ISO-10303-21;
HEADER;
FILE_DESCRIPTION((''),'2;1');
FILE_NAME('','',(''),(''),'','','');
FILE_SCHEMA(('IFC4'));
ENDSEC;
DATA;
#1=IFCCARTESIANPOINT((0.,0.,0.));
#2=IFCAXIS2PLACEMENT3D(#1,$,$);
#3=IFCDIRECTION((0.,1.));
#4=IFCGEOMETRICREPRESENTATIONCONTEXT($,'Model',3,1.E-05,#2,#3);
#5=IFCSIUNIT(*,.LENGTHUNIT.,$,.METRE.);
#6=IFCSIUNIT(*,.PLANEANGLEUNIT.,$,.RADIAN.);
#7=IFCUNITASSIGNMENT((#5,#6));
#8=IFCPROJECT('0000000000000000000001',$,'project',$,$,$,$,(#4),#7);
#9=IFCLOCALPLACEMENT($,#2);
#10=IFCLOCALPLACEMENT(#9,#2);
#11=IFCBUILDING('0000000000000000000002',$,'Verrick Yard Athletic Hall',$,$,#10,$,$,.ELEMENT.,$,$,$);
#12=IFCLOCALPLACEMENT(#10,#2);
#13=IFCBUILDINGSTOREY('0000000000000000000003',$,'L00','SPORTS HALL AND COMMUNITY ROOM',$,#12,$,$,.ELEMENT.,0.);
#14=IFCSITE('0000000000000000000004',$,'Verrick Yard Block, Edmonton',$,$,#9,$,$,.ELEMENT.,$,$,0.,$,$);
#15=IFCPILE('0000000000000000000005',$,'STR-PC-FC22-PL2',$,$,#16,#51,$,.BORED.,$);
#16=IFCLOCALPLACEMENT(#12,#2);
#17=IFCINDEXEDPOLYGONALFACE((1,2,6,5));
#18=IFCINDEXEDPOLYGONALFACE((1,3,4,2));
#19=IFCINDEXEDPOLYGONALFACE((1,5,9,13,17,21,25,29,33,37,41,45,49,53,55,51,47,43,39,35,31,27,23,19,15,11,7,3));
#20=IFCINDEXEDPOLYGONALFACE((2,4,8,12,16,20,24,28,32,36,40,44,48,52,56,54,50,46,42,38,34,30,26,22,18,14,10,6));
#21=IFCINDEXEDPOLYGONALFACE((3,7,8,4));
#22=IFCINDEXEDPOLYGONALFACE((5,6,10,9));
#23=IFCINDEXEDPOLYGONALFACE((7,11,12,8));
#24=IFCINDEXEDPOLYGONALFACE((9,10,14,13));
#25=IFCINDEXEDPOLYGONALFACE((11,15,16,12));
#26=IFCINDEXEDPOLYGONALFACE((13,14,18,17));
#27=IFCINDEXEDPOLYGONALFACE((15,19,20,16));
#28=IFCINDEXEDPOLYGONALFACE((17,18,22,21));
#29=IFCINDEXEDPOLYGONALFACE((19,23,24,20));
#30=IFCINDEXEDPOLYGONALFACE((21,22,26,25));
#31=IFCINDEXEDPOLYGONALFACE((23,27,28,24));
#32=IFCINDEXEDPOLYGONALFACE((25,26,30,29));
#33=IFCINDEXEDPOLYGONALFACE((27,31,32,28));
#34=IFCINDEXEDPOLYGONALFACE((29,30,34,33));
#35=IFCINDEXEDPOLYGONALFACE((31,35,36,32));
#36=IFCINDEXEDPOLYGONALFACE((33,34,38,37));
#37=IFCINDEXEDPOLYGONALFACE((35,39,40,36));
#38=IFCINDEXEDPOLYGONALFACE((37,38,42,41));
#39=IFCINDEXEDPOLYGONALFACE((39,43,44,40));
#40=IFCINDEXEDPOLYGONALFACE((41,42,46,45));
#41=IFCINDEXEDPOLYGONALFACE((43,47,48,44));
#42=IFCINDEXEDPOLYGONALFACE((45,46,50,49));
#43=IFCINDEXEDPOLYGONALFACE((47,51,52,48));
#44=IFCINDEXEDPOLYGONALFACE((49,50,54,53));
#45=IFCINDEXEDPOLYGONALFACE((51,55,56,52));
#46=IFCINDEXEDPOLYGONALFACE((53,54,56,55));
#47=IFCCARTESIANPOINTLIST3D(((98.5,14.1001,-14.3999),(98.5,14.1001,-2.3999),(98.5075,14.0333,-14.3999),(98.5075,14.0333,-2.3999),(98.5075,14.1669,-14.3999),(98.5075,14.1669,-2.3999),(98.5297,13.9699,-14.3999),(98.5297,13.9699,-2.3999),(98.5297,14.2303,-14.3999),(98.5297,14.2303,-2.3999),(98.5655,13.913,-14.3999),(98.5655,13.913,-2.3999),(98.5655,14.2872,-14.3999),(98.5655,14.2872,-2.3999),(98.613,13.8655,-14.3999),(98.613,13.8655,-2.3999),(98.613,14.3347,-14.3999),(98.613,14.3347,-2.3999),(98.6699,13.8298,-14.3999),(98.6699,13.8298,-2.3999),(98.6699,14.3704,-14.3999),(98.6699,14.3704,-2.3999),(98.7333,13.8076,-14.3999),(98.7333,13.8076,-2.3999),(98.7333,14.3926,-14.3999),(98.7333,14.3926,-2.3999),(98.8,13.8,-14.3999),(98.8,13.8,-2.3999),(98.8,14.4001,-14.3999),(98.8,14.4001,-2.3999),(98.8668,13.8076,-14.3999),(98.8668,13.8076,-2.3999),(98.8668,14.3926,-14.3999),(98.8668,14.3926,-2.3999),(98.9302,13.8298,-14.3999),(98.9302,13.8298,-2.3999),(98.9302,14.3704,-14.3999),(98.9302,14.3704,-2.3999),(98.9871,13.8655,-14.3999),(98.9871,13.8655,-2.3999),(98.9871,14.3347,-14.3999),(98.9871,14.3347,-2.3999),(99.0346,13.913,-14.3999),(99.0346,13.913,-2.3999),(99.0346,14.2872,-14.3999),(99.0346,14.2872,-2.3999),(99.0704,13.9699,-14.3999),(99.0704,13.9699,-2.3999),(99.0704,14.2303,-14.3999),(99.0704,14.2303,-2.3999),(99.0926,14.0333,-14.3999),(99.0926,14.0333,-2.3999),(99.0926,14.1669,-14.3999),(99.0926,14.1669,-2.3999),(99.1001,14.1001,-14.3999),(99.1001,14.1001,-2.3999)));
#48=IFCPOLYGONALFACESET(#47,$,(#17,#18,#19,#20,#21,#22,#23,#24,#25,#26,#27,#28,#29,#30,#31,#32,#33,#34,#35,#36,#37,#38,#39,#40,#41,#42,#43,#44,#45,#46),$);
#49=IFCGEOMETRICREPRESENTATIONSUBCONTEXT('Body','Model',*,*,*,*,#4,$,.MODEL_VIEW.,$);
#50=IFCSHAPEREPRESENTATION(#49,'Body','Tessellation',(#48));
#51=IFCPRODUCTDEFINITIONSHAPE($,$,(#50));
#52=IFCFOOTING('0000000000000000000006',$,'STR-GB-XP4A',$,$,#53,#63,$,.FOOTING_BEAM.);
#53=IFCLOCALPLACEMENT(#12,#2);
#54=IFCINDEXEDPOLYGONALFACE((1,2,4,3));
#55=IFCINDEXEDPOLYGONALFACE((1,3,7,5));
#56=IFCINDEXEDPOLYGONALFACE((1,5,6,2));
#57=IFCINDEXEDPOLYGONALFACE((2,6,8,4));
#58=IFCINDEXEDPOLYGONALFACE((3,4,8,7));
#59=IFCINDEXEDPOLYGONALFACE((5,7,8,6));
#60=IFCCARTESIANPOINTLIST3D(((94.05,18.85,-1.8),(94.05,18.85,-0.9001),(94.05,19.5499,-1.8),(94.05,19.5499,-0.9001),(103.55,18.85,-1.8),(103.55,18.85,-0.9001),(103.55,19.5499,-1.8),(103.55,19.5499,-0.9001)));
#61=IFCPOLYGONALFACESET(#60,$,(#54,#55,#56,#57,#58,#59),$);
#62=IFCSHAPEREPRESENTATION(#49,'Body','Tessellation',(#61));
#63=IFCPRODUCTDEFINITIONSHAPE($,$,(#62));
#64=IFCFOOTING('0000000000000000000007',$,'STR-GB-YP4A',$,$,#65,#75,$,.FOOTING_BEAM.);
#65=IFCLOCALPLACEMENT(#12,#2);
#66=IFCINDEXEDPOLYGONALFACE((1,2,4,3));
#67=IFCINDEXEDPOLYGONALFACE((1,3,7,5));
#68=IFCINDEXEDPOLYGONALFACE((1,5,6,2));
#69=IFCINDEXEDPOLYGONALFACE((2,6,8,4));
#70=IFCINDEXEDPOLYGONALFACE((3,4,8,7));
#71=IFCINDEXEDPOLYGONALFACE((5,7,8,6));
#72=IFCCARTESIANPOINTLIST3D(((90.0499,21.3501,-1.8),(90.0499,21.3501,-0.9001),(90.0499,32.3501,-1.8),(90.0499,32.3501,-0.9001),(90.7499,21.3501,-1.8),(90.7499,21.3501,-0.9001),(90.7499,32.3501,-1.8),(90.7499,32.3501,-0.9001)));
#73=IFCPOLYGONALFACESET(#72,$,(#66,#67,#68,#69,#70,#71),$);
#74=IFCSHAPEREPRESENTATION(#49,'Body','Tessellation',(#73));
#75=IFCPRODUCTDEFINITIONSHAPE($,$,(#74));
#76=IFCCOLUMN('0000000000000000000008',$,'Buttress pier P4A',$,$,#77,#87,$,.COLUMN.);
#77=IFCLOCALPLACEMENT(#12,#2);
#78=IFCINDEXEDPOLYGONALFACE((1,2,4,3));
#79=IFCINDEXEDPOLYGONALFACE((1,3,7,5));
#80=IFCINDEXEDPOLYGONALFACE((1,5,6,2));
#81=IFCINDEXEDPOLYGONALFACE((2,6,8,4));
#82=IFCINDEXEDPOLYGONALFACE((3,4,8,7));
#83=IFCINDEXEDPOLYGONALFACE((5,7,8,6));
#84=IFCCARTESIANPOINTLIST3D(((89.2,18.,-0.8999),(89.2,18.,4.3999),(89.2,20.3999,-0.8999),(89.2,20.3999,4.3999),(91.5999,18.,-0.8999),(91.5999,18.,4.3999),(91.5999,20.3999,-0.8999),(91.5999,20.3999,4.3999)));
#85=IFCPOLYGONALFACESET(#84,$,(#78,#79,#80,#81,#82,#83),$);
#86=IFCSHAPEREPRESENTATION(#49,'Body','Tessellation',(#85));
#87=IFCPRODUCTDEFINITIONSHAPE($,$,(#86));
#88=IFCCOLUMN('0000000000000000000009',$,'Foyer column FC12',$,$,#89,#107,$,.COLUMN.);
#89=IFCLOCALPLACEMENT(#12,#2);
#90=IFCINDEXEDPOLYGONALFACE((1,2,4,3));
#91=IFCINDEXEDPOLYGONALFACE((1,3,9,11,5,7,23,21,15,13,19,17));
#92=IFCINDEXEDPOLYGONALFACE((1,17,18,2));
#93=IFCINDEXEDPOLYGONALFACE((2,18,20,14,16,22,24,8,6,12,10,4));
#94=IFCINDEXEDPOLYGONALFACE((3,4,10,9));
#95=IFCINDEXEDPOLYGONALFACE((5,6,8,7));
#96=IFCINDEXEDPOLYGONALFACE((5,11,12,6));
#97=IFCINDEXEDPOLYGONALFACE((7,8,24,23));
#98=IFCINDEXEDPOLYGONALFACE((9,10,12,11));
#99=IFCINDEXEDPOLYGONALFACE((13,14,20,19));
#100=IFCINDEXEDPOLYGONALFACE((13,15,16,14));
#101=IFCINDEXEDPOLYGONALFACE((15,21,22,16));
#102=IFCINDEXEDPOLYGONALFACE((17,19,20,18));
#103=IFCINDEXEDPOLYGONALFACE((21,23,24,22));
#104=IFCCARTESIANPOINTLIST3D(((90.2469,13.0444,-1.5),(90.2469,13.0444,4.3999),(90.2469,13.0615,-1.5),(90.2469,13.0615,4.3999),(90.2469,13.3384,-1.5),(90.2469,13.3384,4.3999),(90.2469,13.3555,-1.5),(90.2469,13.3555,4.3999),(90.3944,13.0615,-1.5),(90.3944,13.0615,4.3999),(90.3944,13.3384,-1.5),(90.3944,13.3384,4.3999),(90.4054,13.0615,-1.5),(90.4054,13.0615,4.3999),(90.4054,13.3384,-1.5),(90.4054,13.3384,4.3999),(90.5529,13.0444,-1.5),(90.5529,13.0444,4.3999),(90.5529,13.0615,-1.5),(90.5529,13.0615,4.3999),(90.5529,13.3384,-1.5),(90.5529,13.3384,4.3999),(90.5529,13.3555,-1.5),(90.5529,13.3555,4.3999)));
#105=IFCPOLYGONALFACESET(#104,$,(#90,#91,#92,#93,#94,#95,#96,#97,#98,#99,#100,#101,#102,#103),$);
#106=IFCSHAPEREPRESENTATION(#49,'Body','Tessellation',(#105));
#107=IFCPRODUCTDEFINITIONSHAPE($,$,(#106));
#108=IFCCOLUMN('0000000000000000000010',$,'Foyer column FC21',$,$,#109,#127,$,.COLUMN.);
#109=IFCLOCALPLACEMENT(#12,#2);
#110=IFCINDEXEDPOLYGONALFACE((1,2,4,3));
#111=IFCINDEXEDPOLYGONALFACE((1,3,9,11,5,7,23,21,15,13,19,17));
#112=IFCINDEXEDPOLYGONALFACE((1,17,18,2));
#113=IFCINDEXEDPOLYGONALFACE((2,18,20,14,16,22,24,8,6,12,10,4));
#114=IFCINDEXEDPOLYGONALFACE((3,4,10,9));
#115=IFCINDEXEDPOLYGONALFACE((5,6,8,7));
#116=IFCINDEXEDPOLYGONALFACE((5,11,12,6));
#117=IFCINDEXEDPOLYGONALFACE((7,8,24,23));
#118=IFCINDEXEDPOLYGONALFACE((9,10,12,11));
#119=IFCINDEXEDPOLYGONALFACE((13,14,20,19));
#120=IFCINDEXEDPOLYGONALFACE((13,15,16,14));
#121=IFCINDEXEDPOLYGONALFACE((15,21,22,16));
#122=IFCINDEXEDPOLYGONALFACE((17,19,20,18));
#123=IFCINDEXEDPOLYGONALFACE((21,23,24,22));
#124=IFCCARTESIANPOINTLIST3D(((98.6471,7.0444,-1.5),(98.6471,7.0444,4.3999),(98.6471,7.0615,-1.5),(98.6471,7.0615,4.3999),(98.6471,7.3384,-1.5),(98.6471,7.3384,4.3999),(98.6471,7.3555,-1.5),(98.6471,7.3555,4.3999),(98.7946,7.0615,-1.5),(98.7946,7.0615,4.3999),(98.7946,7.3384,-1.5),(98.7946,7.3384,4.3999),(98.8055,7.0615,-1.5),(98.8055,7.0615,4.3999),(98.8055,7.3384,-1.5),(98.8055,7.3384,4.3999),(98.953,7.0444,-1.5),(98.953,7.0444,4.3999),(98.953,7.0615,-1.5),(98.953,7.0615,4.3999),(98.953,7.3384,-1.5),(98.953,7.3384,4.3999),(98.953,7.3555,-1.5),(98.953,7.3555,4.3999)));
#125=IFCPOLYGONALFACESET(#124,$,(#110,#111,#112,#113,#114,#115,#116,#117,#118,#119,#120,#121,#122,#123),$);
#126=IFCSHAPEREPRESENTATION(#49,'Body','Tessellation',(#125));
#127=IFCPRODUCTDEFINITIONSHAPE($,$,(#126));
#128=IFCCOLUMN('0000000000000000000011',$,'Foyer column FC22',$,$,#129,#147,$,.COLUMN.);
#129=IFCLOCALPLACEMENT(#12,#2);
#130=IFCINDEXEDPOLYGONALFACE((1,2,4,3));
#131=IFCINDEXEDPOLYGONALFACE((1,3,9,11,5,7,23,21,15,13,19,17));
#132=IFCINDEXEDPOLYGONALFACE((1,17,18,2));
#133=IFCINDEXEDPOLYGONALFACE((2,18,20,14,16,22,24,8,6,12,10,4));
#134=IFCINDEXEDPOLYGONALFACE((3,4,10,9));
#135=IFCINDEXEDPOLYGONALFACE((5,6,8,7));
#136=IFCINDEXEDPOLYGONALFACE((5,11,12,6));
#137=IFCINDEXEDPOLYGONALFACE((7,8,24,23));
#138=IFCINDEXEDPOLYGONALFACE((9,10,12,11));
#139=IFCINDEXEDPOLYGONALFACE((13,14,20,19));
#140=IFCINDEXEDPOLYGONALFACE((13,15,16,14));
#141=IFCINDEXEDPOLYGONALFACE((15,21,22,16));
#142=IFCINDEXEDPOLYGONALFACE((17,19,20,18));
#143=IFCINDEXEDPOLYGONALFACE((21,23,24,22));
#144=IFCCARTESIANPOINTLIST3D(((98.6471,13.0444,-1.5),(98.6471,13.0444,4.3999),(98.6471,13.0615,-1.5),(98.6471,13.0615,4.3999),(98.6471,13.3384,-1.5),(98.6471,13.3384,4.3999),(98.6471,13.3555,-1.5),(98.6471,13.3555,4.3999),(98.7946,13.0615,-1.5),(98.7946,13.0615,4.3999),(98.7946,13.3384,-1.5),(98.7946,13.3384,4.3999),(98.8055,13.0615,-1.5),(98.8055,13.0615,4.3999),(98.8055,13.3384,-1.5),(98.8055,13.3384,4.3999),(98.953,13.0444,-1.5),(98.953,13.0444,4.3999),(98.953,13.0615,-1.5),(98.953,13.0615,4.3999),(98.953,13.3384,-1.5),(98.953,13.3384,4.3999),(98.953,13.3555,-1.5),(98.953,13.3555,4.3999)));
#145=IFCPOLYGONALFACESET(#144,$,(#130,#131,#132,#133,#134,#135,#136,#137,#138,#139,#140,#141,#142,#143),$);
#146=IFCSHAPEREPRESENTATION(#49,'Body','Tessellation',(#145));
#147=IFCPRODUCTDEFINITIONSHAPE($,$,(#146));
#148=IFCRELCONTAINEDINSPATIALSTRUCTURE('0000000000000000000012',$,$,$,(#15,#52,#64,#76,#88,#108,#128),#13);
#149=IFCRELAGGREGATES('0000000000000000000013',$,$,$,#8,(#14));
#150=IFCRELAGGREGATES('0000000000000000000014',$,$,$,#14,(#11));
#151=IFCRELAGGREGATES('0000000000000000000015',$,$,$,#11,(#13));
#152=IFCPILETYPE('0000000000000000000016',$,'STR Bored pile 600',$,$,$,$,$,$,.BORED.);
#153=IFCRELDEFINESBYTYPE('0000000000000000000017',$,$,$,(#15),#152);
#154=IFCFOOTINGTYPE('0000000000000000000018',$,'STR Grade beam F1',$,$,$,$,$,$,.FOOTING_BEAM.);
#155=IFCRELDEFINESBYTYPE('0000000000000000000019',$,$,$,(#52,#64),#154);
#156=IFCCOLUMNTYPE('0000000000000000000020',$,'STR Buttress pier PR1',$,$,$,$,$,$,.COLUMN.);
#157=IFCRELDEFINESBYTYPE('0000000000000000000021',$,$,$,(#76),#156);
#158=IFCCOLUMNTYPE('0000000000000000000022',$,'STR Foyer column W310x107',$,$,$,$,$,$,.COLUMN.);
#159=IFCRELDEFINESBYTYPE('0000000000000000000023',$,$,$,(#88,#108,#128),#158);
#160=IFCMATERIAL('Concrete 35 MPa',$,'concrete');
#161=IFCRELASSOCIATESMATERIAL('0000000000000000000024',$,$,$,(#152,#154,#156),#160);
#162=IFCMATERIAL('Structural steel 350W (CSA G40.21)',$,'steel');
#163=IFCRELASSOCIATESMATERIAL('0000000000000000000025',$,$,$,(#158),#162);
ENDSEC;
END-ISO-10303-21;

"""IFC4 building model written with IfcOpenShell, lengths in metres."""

from ifc_helpers import new_model, si_unit, direction, frame, origin, origin_2d, place, context, subcontext, project, spatial, rectangle, circle, i_section, extrude, material, material_profile, profile_set, type_object, element, save


model = new_model("IFC4")

# Units and contexts
model_context = context("Model", 3, precision=1e-05, world=origin(), true_north=direction((0.0, 1.0)))
body_context = subcontext(model_context, "Body", "Model", "MODEL_VIEW")
ifc_project = project(units=[si_unit("LENGTHUNIT", "METRE"), si_unit("PLANEANGLEUNIT", "RADIAN")], contexts=[model_context])

# Site, building, storey
site_placement = place(None, origin())
site = spatial("IfcSite", under=ifc_project, at=site_placement, Name="Verrick Yard Block, Edmonton", CompositionType="ELEMENT", RefElevation=0.0)
building_placement = place(site_placement, origin())
building = spatial("IfcBuilding", under=site, at=building_placement, Name="Verrick Yard Athletic Hall", CompositionType="ELEMENT")
storey_placement = place(building_placement, origin())
storey = spatial("IfcBuildingStorey", under=building, at=storey_placement, Name="L00", Description="SPORTS HALL AND COMMUNITY ROOM", CompositionType="ELEMENT", Elevation=0.0)

# Pile
ifc_material_1 = material(Name="Concrete 35 MPa", Category="concrete")
pile_type_1 = type_object("IfcPileType", Name="STR Bored pile 600", PredefinedType="BORED", material=ifc_material_1)
for number, where, z_axis, x_axis, name in (
    (1, (98.8, 14.1001, -2.3999), (0.0, 0.0, -1.0), (1.0, 0.0, 0.0), "STR-PC-FC22-PL2"),
):
    element("IfcPile", number, at=place(storey_placement, frame(where, z_axis=z_axis, x_axis=x_axis)), inside=storey, type_object=pile_type_1, Name=name, PredefinedType="BORED", context=body_context, shape_type="SweptSolid", body=[
        extrude(circle(Radius=0.3, at=origin_2d()), origin(), (0.0, 0.0, 1.0), 12.0),
    ])

# Footings
ifc_material_profile_1 = material_profile(ifc_material_1, rectangle(XDim=0.7, YDim=0.8999, at=origin_2d()), Name="STR Grade beam F1")
ifc_profile_set_1 = profile_set([ifc_material_profile_1], Name="Concrete 35 MPa")
footing_type = type_object("IfcFootingType", Name="STR Grade beam F1", PredefinedType="FOOTING_BEAM", material=ifc_profile_set_1)
footing_1_placement = place(storey_placement, frame((94.05, 19.2, -1.3501), z_axis=(1.0, 0.0, 0.0), x_axis=(0.0, 1.0, 0.0)))
element("IfcFooting", 2, at=footing_1_placement, inside=storey, type_object=footing_type, Name="STR-GB-XP4A", PredefinedType="FOOTING_BEAM", context=body_context, shape_type="SweptSolid", body=[
    extrude(rectangle(XDim=0.7, YDim=0.8999, at=origin_2d()), origin(), (0.0, 0.0, 1.0), 9.5),
])
footing_2_placement = place(storey_placement, frame((90.3999, 21.3501, -1.3501), z_axis=(0.0, 1.0, 0.0), x_axis=(-1.0, 0.0, 0.0)))
element("IfcFooting", 3, at=footing_2_placement, inside=storey, type_object=footing_type, Name="STR-GB-YP4A", PredefinedType="FOOTING_BEAM", context=body_context, shape_type="SweptSolid", body=[
    extrude(rectangle(XDim=0.7, YDim=0.8999, at=origin_2d()), origin(), (0.0, 0.0, 1.0), 11.0),
])

# Columns
ifc_material_profile_2 = material_profile(ifc_material_1, rectangle(XDim=2.3999, YDim=2.3999, at=origin_2d()), Name="STR Buttress pier PR1")
ifc_profile_set_2 = profile_set([ifc_material_profile_2], Name="Concrete 35 MPa")
column_type_1 = type_object("IfcColumnType", Name="STR Buttress pier PR1", PredefinedType="COLUMN", material=ifc_profile_set_2)
column_placement = place(storey_placement, frame((90.3999, 19.2, -0.8999), z_axis=(0.0, 0.0, 1.0), x_axis=(1.0, 0.0, 0.0)))
element("IfcColumn", 4, at=column_placement, inside=storey, type_object=column_type_1, Name="Buttress pier P4A", PredefinedType="COLUMN", context=body_context, shape_type="SweptSolid", body=[
    extrude(rectangle(XDim=2.3999, YDim=2.3999, at=origin_2d()), origin(), (0.0, 0.0, 1.0), 5.2998),
])
ifc_material_2 = material(Name="Structural steel 350W (CSA G40.21)", Category="steel")
ifc_material_profile_3 = material_profile(ifc_material_2, i_section(OverallWidth=0.3059, OverallDepth=0.311, WebThickness=0.011, FlangeThickness=0.0171, at=origin_2d()), Name="W310x107")
ifc_profile_set_3 = profile_set([ifc_material_profile_3], Name="Structural steel 350W (CSA G40.21)")
column_type_2 = type_object("IfcColumnType", Name="STR Foyer column W310x107", PredefinedType="COLUMN", material=ifc_profile_set_3)
for number, where, z_axis, x_axis, name in (
    (5, (90.3999, 13.2, -1.5), (0.0, 0.0, 1.0), (1.0, 0.0, 0.0), "Foyer column FC12"),
    (6, (98.8, 7.2, -1.5), (0.0, 0.0, 1.0), (1.0, 0.0, 0.0), "Foyer column FC21"),
    (7, (98.8, 13.2, -1.5), (0.0, 0.0, 1.0), (1.0, 0.0, 0.0), "Foyer column FC22"),
):
    element("IfcColumn", number, at=place(storey_placement, frame(where, z_axis=z_axis, x_axis=x_axis)), inside=storey, type_object=column_type_2, Name=name, PredefinedType="COLUMN", context=body_context, shape_type="SweptSolid", body=[
        extrude(i_section(OverallWidth=0.3059, OverallDepth=0.311, WebThickness=0.011, FlangeThickness=0.0171, at=origin_2d()), origin(), (0.0, 0.0, 1.0), 5.8999),
    ])

save(model, "model.ifc")
